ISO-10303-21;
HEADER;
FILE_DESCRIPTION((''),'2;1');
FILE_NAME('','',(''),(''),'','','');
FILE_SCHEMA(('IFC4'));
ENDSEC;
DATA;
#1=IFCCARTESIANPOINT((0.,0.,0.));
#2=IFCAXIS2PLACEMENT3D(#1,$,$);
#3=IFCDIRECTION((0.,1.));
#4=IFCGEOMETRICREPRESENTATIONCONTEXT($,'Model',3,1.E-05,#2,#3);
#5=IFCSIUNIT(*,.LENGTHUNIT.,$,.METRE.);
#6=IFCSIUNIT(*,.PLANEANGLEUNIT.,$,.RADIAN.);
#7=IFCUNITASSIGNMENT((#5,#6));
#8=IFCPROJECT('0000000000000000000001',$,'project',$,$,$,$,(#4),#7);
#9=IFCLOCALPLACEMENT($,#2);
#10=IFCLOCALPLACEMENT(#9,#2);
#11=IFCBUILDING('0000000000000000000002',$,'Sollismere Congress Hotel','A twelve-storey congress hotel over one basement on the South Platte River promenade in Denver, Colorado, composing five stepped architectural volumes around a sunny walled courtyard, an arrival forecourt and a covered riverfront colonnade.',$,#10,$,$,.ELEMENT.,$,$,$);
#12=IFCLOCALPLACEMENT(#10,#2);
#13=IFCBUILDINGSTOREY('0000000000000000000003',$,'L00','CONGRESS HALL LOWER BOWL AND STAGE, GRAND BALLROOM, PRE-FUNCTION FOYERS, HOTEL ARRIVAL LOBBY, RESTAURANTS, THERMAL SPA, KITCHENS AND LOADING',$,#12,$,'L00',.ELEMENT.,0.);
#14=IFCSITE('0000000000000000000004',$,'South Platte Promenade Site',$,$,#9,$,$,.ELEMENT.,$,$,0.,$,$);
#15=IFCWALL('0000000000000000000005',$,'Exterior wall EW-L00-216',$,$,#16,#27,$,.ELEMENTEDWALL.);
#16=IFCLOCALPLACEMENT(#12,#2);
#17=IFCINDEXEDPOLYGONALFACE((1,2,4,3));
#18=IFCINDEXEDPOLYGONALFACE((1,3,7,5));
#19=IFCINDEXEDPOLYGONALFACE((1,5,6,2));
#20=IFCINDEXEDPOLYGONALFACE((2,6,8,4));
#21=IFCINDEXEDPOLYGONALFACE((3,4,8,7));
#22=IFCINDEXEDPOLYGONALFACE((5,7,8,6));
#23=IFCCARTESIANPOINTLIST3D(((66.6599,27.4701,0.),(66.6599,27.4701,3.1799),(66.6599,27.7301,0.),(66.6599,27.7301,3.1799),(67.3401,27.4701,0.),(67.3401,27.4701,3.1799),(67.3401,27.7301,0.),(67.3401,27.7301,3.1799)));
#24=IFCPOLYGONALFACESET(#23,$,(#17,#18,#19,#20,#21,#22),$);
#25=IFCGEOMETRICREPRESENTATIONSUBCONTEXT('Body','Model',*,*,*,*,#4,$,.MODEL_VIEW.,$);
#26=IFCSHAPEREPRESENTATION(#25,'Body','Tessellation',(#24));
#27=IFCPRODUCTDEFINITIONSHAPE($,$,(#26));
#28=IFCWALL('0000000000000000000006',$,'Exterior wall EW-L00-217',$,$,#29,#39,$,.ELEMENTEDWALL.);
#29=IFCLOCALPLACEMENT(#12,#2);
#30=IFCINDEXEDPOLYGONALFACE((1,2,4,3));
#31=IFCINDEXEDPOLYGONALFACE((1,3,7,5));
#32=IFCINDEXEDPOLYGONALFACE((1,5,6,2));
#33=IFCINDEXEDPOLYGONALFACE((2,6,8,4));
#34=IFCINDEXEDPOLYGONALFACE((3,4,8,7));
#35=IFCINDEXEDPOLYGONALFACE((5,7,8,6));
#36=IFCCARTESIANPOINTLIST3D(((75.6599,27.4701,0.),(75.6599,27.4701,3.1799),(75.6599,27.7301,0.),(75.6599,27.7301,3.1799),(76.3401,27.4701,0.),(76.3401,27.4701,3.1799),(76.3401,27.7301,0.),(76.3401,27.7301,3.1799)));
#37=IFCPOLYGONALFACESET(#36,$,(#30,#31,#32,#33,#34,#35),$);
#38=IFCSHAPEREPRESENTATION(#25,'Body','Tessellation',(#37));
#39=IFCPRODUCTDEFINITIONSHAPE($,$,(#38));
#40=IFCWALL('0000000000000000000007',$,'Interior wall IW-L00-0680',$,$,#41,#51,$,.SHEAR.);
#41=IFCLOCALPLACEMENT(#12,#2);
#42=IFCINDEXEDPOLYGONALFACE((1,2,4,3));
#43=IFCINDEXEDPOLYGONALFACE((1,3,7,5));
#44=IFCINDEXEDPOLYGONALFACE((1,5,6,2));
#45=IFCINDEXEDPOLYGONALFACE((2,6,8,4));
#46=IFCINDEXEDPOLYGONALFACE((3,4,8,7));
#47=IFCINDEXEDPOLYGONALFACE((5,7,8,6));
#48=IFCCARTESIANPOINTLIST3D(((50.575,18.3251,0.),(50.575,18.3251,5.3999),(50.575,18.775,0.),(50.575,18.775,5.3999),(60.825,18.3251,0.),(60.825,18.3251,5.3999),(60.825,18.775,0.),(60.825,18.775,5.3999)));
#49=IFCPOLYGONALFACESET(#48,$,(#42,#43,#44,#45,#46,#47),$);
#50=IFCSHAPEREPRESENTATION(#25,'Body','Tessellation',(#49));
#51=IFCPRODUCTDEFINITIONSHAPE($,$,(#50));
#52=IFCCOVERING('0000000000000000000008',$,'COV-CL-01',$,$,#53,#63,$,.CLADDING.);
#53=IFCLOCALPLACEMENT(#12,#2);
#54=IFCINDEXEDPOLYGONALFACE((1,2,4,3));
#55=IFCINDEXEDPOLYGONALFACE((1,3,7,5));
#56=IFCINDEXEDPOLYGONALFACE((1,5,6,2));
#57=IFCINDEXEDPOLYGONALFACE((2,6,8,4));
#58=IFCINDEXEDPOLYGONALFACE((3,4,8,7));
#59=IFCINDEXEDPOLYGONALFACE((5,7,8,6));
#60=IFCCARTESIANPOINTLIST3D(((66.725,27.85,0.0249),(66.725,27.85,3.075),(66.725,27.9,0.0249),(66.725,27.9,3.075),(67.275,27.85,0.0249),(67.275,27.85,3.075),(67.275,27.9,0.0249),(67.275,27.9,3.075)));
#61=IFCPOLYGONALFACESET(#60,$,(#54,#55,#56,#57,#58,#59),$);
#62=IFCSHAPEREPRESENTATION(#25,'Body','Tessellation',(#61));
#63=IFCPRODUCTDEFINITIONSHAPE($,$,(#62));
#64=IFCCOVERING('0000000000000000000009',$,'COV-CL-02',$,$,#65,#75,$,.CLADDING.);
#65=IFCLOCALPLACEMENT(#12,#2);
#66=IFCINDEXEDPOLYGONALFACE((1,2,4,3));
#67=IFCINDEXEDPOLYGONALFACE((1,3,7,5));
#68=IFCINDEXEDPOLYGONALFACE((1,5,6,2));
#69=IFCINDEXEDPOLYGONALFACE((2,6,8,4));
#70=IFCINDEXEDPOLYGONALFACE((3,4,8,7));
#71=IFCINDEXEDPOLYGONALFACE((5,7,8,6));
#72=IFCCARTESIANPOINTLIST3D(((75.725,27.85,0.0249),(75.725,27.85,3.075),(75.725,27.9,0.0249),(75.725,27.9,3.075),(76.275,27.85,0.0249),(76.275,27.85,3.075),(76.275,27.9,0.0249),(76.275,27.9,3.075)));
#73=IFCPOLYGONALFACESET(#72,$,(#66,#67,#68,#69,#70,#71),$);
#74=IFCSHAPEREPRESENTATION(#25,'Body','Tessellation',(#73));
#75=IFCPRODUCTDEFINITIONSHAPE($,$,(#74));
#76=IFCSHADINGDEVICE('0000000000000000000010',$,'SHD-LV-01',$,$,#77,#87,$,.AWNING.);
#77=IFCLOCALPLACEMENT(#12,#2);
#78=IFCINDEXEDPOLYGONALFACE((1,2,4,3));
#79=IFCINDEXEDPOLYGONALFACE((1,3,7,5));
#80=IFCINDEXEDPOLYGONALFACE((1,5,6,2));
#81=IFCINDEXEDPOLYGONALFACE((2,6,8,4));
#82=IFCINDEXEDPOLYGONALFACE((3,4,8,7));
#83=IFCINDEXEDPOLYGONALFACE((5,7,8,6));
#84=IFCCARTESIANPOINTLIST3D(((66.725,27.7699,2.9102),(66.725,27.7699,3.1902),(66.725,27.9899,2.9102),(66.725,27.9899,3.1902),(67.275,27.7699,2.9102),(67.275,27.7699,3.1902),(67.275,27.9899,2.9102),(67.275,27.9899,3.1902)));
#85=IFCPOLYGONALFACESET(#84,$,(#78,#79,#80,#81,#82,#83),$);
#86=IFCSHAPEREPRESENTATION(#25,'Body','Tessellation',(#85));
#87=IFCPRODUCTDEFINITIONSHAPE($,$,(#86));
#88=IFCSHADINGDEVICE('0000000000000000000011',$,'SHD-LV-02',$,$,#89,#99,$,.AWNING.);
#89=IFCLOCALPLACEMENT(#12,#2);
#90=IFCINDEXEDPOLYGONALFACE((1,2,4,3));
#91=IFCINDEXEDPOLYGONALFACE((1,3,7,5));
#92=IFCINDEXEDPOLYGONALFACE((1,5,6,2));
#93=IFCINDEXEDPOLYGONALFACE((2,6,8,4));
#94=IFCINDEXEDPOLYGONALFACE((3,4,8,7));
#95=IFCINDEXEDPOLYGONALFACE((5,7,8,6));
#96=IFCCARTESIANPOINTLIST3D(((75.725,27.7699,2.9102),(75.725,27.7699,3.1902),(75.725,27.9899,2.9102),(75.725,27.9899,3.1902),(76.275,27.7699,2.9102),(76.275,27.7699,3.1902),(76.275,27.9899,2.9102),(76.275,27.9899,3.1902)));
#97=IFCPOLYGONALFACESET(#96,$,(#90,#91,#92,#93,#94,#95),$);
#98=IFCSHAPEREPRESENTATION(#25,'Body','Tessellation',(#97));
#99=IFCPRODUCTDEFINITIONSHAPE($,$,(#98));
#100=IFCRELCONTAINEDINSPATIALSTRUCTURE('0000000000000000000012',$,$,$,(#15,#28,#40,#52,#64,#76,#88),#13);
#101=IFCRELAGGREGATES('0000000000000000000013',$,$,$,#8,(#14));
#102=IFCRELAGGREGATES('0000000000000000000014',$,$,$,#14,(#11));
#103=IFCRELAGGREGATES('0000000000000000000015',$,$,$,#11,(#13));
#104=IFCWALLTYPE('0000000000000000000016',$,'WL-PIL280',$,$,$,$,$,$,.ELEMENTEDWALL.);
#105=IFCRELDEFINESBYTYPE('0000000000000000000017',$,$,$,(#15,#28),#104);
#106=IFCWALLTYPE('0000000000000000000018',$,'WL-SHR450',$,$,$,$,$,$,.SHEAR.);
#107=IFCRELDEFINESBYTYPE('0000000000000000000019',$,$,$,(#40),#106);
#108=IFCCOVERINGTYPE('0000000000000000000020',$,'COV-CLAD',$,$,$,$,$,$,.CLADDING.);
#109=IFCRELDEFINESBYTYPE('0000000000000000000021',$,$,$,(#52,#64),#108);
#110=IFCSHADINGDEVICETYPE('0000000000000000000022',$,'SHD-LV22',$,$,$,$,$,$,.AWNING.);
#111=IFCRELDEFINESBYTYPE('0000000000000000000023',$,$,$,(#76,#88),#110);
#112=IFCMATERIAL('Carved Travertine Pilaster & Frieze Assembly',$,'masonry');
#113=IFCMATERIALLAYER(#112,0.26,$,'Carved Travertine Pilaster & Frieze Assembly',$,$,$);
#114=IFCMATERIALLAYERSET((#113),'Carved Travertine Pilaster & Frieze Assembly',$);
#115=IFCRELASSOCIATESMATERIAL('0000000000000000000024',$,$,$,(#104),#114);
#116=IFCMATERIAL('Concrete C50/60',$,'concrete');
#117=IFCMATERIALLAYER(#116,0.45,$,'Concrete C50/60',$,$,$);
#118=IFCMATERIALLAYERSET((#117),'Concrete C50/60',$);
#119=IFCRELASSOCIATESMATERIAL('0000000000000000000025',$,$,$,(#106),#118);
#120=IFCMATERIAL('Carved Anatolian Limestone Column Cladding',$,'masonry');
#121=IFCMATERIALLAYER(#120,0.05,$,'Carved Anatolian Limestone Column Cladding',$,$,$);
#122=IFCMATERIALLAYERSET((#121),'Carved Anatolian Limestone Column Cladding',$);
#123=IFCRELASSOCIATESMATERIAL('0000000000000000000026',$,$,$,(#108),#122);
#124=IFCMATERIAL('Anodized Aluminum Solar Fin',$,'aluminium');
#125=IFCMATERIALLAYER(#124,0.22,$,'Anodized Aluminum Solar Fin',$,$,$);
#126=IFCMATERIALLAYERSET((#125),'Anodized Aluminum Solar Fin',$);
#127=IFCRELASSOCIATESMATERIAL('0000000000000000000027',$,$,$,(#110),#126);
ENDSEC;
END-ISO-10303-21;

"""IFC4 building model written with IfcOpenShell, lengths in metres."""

from ifc_helpers import new_model, si_unit, direction, frame, frame_2d, origin, origin_2d, place, context, subcontext, project, spatial, rectangle, extrude, material, layer, layer_set, type_object, element, save


model = new_model("IFC4")

# Units and contexts
model_context = context("Model", 3, precision=1e-05, world=origin(), true_north=direction((0.0, 1.0)))
body_context = subcontext(model_context, "Body", "Model", "MODEL_VIEW")
ifc_project = project(units=[si_unit("LENGTHUNIT", "METRE"), si_unit("PLANEANGLEUNIT", "RADIAN")], contexts=[model_context])

# Site, building, storey
site_placement = place(None, origin())
site = spatial("IfcSite", under=ifc_project, at=site_placement, Name="South Platte Promenade Site", CompositionType="ELEMENT", RefElevation=0.0)
building_placement = place(site_placement, origin())
building = spatial("IfcBuilding", under=site, at=building_placement, Name="Sollismere Congress Hotel", Description="A twelve-storey congress hotel over one basement on the South Platte River promenade in Denver, Colorado, composing five stepped architectural volumes around a sunny walled courtyard, an arrival forecourt and a covered riverfront colonnade.", CompositionType="ELEMENT")
storey_placement = place(building_placement, origin())
storey = spatial("IfcBuildingStorey", under=building, at=storey_placement, Name="L00", Description="CONGRESS HALL LOWER BOWL AND STAGE, GRAND BALLROOM, PRE-FUNCTION FOYERS, HOTEL ARRIVAL LOBBY, RESTAURANTS, THERMAL SPA, KITCHENS AND LOADING", LongName="L00", CompositionType="ELEMENT", Elevation=0.0)

# Walls
ifc_material_1 = material(Name="Carved Travertine Pilaster & Frieze Assembly", Category="masonry")
ifc_layer_1 = layer(ifc_material_1, 0.26, Name="Carved Travertine Pilaster & Frieze Assembly")
ifc_layer_set_1 = layer_set([ifc_layer_1], Name="Carved Travertine Pilaster & Frieze Assembly")
wall_type_1 = type_object("IfcWallType", Name="WL-PIL280", PredefinedType="ELEMENTEDWALL", material=ifc_layer_set_1)
for number, where, z_axis, x_axis, name in (
    (1, (66.6599, 27.6001, 0.0), (0.0, 0.0, 1.0), (1.0, 0.0, 0.0), "Exterior wall EW-L00-216"),
    (2, (75.6599, 27.6001, 0.0), (0.0, 0.0, 1.0), (1.0, 0.0, 0.0), "Exterior wall EW-L00-217"),
):
    element("IfcWall", number, at=place(storey_placement, frame(where, z_axis=z_axis, x_axis=x_axis)), inside=storey, type_object=wall_type_1, Name=name, PredefinedType="ELEMENTEDWALL", context=body_context, shape_type="SweptSolid", body=[
        extrude(rectangle(XDim=0.6802, YDim=0.26, at=frame_2d((0.3401, 0.0))), origin(), (0.0, 0.0, 1.0), 3.1799),
    ])
ifc_material_2 = material(Name="Concrete C50/60", Category="concrete")
ifc_layer_2 = layer(ifc_material_2, 0.45, Name="Concrete C50/60")
ifc_layer_set_2 = layer_set([ifc_layer_2], Name="Concrete C50/60")
wall_type_2 = type_object("IfcWallType", Name="WL-SHR450", PredefinedType="SHEAR", material=ifc_layer_set_2)
wall_1_placement = place(storey_placement, frame((60.825, 18.55, 0.0), z_axis=(0.0, 0.0, 1.0), x_axis=(-1.0, 0.0, 0.0)))
element("IfcWall", 3, at=wall_1_placement, inside=storey, type_object=wall_type_2, Name="Interior wall IW-L00-0680", PredefinedType="SHEAR", context=body_context, shape_type="SweptSolid", body=[
    extrude(rectangle(XDim=10.25, YDim=0.45, at=frame_2d((5.125, 0.0))), origin(), (0.0, 0.0, 1.0), 5.3999),
])

# Coverings
ifc_material_3 = material(Name="Carved Anatolian Limestone Column Cladding", Category="masonry")
ifc_layer_3 = layer(ifc_material_3, 0.05, Name="Carved Anatolian Limestone Column Cladding")
ifc_layer_set_3 = layer_set([ifc_layer_3], Name="Carved Anatolian Limestone Column Cladding")
covering_type = type_object("IfcCoveringType", Name="COV-CLAD", PredefinedType="CLADDING", material=ifc_layer_set_3)
for number, where, z_axis, x_axis, name in (
    (4, (67.0, 27.875, 0.0249), (0.0, 0.0, 1.0), (1.0, 0.0, 0.0), "COV-CL-01"),
    (5, (76.0, 27.875, 0.0249), (0.0, 0.0, 1.0), (1.0, 0.0, 0.0), "COV-CL-02"),
):
    element("IfcCovering", number, at=place(storey_placement, frame(where, z_axis=z_axis, x_axis=x_axis)), inside=storey, type_object=covering_type, Name=name, PredefinedType="CLADDING", context=body_context, shape_type="SweptSolid", body=[
        extrude(rectangle(XDim=0.55, YDim=0.05, at=origin_2d()), origin(), (0.0, 0.0, 1.0), 3.05),
    ])

# Shading devices
ifc_material_4 = material(Name="Anodized Aluminum Solar Fin", Category="aluminium")
ifc_layer_4 = layer(ifc_material_4, 0.22, Name="Anodized Aluminum Solar Fin")
ifc_layer_set_4 = layer_set([ifc_layer_4], Name="Anodized Aluminum Solar Fin")
shading_device_type = type_object("IfcShadingDeviceType", Name="SHD-LV22", PredefinedType="AWNING", material=ifc_layer_set_4)
for number, where, z_axis, x_axis, name in (
    (6, (67.0, 27.8799, 2.9102), (0.0, 0.0, 1.0), (1.0, 0.0, 0.0), "SHD-LV-01"),
    (7, (76.0, 27.8799, 2.9102), (0.0, 0.0, 1.0), (1.0, 0.0, 0.0), "SHD-LV-02"),
):
    element("IfcShadingDevice", number, at=place(storey_placement, frame(where, z_axis=z_axis, x_axis=x_axis)), inside=storey, type_object=shading_device_type, Name=name, PredefinedType="AWNING", context=body_context, shape_type="SweptSolid", body=[
        extrude(rectangle(XDim=0.55, YDim=0.22, at=origin_2d()), origin(), (0.0, 0.0, 1.0), 0.28),
    ])

save(model, "model.ifc")
